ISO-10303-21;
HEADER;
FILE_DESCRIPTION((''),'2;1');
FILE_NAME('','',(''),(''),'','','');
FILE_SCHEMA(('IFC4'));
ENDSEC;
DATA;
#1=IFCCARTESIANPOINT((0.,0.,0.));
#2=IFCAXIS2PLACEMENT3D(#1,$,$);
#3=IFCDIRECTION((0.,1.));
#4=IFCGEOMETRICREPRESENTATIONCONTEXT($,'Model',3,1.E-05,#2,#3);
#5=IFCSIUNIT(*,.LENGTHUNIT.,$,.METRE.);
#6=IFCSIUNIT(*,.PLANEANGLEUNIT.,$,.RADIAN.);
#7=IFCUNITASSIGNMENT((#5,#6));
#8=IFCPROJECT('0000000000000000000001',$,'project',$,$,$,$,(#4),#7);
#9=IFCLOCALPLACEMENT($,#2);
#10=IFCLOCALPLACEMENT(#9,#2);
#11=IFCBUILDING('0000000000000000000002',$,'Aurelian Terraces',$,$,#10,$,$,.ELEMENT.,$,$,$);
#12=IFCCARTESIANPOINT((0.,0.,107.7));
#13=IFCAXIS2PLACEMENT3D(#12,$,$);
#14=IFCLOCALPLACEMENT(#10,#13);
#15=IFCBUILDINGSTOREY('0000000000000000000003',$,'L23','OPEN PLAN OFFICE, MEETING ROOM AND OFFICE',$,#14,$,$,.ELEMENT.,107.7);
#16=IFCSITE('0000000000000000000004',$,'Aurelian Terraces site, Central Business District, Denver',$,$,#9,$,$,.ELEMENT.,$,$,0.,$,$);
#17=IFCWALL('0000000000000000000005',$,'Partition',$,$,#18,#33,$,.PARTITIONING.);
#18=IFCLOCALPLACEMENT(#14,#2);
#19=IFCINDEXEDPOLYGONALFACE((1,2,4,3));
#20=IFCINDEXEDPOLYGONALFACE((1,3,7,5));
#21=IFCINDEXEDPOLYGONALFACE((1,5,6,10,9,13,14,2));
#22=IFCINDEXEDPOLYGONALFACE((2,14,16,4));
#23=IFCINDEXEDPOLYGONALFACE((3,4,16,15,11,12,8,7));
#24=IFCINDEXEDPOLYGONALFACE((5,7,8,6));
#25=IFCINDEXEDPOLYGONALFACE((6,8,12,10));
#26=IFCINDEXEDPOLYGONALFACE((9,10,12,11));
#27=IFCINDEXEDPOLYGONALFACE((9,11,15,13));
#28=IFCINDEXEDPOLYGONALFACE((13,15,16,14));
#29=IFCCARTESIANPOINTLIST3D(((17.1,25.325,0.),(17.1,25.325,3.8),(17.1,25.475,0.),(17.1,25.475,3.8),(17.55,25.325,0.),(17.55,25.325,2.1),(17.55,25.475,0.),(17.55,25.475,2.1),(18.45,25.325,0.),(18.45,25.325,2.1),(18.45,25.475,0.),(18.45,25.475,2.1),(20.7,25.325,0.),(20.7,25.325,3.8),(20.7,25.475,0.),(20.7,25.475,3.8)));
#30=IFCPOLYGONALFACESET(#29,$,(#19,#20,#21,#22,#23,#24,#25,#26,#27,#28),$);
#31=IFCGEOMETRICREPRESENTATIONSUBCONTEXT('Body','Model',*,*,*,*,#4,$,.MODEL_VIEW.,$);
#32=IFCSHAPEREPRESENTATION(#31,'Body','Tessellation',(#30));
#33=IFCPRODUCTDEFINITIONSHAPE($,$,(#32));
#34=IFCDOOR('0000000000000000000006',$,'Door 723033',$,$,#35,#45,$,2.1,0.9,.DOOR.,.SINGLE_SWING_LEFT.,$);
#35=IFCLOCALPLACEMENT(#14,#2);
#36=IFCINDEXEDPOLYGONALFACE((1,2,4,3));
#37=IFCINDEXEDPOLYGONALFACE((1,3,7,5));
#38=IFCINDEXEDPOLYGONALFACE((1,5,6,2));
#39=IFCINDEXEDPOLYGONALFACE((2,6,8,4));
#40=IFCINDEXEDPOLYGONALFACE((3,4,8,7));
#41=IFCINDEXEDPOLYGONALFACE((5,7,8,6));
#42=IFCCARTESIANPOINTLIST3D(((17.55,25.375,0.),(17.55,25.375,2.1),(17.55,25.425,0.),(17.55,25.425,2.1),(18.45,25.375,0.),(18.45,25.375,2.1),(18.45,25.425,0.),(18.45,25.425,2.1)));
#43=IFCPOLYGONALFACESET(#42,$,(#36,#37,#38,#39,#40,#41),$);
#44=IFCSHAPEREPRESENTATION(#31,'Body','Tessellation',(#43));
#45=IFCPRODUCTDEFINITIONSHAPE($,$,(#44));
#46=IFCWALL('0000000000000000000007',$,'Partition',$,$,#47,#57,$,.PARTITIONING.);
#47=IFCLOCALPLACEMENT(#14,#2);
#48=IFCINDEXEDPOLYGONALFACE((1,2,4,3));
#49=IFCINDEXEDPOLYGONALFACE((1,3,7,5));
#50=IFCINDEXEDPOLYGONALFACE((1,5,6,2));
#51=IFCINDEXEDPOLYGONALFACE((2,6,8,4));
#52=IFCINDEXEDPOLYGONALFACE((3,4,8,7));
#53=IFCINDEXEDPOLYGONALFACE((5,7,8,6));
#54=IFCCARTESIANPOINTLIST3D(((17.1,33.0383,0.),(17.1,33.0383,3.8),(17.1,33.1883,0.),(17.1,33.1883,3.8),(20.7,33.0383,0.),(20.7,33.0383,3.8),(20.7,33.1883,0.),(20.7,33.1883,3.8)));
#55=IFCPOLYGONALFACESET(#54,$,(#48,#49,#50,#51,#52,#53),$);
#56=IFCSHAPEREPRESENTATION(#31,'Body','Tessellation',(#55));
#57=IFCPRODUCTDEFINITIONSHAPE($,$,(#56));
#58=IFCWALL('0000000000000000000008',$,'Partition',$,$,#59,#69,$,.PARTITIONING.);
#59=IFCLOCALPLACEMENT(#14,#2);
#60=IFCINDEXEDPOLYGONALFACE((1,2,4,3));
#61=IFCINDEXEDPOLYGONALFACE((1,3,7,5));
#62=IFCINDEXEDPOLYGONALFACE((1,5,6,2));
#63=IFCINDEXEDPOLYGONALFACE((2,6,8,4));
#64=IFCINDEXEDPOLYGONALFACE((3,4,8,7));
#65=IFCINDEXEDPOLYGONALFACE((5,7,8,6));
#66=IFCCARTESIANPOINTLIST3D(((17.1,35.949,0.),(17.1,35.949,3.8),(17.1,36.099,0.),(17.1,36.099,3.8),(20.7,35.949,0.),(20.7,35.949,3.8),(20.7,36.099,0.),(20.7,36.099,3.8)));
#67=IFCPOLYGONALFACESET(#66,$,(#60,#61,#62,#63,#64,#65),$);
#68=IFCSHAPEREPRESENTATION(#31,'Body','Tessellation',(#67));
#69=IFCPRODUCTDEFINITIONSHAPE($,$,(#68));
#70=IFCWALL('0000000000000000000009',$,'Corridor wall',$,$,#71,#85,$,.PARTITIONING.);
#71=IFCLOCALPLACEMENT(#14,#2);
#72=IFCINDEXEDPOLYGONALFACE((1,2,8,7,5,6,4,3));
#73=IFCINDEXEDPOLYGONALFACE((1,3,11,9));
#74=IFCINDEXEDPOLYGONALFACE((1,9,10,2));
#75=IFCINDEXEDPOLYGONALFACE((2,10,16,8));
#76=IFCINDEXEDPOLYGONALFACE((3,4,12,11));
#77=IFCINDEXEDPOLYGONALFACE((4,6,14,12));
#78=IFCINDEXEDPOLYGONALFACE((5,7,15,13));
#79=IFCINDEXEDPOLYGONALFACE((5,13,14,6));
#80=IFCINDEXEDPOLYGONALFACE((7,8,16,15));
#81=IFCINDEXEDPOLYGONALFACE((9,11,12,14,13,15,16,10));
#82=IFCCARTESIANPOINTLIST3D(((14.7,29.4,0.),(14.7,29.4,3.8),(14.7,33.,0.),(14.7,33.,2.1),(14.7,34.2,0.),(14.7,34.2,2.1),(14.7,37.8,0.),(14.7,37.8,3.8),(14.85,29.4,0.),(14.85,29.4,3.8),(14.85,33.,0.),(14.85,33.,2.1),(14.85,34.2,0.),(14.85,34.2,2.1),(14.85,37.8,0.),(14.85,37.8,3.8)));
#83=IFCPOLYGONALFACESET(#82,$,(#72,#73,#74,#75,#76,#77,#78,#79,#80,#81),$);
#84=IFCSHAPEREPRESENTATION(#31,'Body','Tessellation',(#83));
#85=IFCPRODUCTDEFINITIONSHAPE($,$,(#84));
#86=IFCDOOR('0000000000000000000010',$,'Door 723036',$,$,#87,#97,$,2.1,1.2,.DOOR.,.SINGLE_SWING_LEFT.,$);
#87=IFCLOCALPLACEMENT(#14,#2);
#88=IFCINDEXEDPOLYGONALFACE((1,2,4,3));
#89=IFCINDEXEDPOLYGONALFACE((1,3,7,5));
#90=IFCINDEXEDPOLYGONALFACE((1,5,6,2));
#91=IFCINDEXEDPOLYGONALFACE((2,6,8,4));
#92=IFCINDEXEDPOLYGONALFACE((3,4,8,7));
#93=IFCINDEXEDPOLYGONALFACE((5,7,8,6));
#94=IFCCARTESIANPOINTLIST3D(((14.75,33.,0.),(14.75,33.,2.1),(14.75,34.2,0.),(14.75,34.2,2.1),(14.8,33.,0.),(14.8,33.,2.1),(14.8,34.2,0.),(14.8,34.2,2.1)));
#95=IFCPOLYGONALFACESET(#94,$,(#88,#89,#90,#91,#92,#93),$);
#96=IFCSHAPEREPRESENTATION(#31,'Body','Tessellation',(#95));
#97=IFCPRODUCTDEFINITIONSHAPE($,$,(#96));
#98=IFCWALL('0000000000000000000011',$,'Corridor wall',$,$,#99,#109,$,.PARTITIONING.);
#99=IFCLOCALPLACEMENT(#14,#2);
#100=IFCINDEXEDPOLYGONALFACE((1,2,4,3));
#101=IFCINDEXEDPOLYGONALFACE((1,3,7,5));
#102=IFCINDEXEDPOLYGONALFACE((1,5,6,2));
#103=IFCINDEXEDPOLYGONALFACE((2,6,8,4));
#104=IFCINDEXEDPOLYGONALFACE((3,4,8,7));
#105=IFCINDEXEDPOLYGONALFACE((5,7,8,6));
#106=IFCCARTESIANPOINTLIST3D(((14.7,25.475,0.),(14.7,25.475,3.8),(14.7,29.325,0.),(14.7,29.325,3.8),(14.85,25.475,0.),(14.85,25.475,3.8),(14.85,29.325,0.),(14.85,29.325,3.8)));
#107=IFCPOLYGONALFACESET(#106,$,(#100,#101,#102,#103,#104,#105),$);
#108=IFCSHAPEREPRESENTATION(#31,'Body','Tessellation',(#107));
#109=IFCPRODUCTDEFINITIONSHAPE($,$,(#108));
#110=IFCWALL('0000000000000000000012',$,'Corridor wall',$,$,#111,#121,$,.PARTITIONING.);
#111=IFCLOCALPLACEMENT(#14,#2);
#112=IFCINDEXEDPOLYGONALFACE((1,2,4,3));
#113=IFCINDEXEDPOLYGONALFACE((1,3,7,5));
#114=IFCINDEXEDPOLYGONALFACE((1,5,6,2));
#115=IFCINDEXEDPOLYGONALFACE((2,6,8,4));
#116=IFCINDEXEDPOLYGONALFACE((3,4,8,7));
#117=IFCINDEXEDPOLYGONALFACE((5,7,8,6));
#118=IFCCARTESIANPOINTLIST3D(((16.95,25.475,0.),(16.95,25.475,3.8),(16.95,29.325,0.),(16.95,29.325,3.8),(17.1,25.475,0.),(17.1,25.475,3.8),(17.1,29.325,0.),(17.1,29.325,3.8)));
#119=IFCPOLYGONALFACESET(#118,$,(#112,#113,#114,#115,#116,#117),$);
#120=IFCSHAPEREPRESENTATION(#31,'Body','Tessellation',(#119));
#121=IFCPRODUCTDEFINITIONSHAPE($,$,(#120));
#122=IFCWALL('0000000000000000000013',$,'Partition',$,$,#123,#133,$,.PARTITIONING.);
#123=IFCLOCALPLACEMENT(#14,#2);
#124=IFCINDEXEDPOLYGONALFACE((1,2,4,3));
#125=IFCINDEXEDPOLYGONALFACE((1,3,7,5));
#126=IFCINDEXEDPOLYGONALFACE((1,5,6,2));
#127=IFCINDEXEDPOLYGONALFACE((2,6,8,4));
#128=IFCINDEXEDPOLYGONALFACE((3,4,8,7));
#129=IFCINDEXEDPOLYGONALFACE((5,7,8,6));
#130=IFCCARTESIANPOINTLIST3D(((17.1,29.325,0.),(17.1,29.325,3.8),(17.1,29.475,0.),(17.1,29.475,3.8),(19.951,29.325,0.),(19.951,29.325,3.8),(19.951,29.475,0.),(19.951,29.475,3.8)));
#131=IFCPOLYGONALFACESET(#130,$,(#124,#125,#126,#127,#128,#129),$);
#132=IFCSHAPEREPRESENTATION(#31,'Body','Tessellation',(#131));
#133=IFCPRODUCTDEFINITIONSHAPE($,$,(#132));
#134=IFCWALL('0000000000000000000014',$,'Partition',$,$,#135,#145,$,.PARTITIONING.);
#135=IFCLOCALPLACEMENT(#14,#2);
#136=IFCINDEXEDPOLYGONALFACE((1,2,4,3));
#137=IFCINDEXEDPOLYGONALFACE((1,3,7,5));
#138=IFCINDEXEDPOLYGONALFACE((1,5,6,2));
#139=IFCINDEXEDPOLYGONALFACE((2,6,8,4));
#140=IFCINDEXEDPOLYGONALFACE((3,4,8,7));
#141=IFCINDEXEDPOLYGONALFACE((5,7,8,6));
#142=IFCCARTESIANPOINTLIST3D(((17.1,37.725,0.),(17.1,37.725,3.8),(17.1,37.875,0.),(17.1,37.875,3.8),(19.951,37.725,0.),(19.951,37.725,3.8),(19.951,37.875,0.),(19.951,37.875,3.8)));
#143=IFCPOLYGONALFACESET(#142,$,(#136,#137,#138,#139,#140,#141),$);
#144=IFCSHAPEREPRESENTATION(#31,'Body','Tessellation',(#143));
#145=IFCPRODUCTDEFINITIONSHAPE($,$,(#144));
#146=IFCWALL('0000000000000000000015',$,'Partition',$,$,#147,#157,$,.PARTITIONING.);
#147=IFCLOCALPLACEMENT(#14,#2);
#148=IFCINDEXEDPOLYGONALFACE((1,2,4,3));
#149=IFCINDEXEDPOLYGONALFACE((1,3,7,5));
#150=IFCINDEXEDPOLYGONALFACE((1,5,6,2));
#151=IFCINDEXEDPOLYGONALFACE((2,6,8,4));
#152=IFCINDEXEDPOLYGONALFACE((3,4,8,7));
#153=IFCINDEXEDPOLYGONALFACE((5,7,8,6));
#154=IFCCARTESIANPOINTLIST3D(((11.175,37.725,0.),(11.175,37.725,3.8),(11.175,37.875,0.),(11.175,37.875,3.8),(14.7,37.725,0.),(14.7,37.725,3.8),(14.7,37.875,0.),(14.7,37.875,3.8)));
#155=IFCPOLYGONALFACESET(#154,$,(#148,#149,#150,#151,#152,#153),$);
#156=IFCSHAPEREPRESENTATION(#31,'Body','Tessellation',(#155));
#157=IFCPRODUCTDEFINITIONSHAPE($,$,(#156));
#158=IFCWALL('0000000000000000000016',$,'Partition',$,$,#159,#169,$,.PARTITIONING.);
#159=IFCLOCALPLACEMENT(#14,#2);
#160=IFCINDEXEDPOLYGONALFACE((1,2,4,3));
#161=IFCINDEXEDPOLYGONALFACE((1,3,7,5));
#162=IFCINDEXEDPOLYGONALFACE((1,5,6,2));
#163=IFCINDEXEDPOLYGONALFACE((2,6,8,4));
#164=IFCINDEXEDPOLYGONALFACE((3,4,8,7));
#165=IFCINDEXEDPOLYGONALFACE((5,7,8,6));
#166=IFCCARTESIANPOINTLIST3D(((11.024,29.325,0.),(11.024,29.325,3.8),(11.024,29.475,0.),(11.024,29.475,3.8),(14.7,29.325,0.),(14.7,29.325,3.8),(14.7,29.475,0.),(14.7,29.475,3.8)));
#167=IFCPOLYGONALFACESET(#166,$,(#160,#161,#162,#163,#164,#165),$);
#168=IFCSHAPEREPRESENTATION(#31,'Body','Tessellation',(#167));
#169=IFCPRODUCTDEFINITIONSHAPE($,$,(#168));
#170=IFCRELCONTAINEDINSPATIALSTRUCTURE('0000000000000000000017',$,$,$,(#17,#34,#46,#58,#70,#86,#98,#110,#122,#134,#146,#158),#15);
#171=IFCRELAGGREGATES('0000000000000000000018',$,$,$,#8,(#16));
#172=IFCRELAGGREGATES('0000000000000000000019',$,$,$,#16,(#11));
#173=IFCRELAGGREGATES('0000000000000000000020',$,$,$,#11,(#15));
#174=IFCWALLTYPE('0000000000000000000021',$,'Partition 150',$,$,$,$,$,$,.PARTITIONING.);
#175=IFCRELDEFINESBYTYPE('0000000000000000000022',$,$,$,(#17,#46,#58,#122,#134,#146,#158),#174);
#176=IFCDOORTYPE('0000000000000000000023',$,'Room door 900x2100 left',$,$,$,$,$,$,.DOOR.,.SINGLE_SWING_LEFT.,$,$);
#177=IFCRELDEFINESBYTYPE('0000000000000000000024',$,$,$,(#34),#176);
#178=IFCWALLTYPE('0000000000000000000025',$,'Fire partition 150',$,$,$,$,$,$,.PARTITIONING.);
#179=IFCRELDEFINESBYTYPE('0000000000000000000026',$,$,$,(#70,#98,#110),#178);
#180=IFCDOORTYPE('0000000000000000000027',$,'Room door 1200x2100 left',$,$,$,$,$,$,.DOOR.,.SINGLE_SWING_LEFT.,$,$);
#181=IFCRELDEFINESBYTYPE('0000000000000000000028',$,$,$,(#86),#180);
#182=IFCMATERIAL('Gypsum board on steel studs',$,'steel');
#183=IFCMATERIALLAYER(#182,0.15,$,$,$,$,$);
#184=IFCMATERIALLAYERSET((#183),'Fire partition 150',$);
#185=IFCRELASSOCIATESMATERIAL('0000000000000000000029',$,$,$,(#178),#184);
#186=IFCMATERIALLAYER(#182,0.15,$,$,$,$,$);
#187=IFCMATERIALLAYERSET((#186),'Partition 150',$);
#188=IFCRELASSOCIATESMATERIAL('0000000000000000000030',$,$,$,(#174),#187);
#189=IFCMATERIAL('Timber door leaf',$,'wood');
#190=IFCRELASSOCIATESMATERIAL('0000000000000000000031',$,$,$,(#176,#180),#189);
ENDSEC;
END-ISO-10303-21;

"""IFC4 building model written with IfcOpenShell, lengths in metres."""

from ifc_helpers import new_model, si_unit, direction, frame, frame_2d, origin, place, context, subcontext, project, spatial, rectangle, extrude, source, transform, mapped, material, layer, layer_set, type_object, element, fill, save


model = new_model("IFC4")

# Units and contexts
model_context = context("Model", 3, precision=1e-05, world=origin(), true_north=direction((0.0, 1.0)))
body_context = subcontext(model_context, "Body", "Model", "MODEL_VIEW")
ifc_project = project(units=[si_unit("LENGTHUNIT", "METRE"), si_unit("PLANEANGLEUNIT", "RADIAN")], contexts=[model_context])

# Site, building, storey
site_placement = place(None, origin())
site = spatial("IfcSite", under=ifc_project, at=site_placement, Name="Aurelian Terraces site, Central Business District, Denver", CompositionType="ELEMENT", RefElevation=0.0)
building_placement = place(site_placement, origin())
building = spatial("IfcBuilding", under=site, at=building_placement, Name="Aurelian Terraces", CompositionType="ELEMENT")
storey_placement = place(building_placement, frame((0.0, 0.0, 107.7)))
storey = spatial("IfcBuildingStorey", under=building, at=storey_placement, Name="L23", Description="OPEN PLAN OFFICE, MEETING ROOM AND OFFICE", CompositionType="ELEMENT", Elevation=107.7)

# Shared definitions
ifc_material_1 = material(Name="Timber door leaf", Category="wood")

# Wall, opening, door
ifc_material_2 = material(Name="Gypsum board on steel studs", Category="steel")
ifc_layer_1 = layer(ifc_material_2, 0.15)
ifc_layer_set_1 = layer_set([ifc_layer_1], Name="Fire partition 150")
wall_type_1 = type_object("IfcWallType", Name="Fire partition 150", PredefinedType="PARTITIONING", material=ifc_layer_set_1)
shared_shape_1 = source(origin(), body_context, "Body", "SweptSolid", [
    extrude(rectangle(XDim=0.9, YDim=2.1, at=frame_2d((0.45, 1.05))), frame((0.0, 0.085, 0.0), z_axis=(0.0, -1.0, 0.0), x_axis=(1.0, 0.0, 0.0)), (0.0, 0.0, 1.0), 0.17),
])
shared_shape_2 = source(origin(), body_context, "Body", "SweptSolid", [
    extrude(rectangle(XDim=0.9, YDim=2.1, at=frame_2d((0.45, 1.05))), frame((0.0, 0.025, 0.0), z_axis=(0.0, -1.0, 0.0), x_axis=(1.0, 0.0, 0.0)), (0.0, 0.0, 1.0), 0.05),
])
ifc_layer_2 = layer(ifc_material_2, 0.15)
ifc_layer_set_2 = layer_set([ifc_layer_2], Name="Partition 150")
wall_type_2 = type_object("IfcWallType", Name="Partition 150", PredefinedType="PARTITIONING", material=ifc_layer_set_2)
shared_shape_3 = source(origin(), body_context, "Body", "SweptSolid", [
    extrude(rectangle(XDim=3.6, YDim=0.15, at=frame_2d((1.8, 0.0))), origin(), (0.0, 0.0, 1.0), 3.8),
])
wall_1_placement = place(storey_placement, frame((17.1, 25.4, 0.0), z_axis=(0.0, 0.0, 1.0), x_axis=(1.0, 0.0, 0.0)))
wall_1 = element("IfcWall", 1, at=wall_1_placement, inside=storey, type_object=wall_type_2, Name="Partition", PredefinedType="PARTITIONING", context=body_context, shape_type="MappedRepresentation", body=[
    mapped(shared_shape_3, transform((0.0, 0.0, 0.0), scale=1.0)),
])
opening_1_placement = place(wall_1_placement, frame((0.45, 0.0, 0.0)))
opening_1 = element("IfcOpeningElement", 2, at=opening_1_placement, cuts=wall_1, PredefinedType="OPENING", context=body_context, shape_type="MappedRepresentation", body=[
    mapped(shared_shape_1, transform((0.0, 0.0, 0.0), scale=1.0)),
])
door_type_1 = type_object("IfcDoorType", Name="Room door 900x2100 left", OperationType="SINGLE_SWING_LEFT", PredefinedType="DOOR", material=ifc_material_1)
door_1_placement = place(opening_1_placement, origin())
door_1 = element("IfcDoor", 3, at=door_1_placement, inside=storey, type_object=door_type_1, Name="Door 723033", OperationType="SINGLE_SWING_LEFT", OverallHeight=2.1, OverallWidth=0.9, PredefinedType="DOOR", context=body_context, shape_type="MappedRepresentation", body=[
    mapped(shared_shape_2, transform((0.0, 0.0, 0.0), scale=1.0)),
])
fill(opening_1, door_1)

# Walls
for number, where, z_axis, x_axis, name in (
    (4, (17.1, 33.1133, 0.0), (0.0, 0.0, 1.0), (1.0, 0.0, 0.0), "Partition"),
    (5, (17.1, 36.024, 0.0), (0.0, 0.0, 1.0), (1.0, 0.0, 0.0), "Partition"),
):
    element("IfcWall", number, at=place(storey_placement, frame(where, z_axis=z_axis, x_axis=x_axis)), inside=storey, type_object=wall_type_2, Name=name, PredefinedType="PARTITIONING", context=body_context, shape_type="MappedRepresentation", body=[
        mapped(shared_shape_3, transform((0.0, 0.0, 0.0), scale=1.0)),
    ])

# Wall, opening, door
shared_shape_4 = source(origin(), body_context, "Body", "SweptSolid", [
    extrude(rectangle(XDim=8.4, YDim=0.15, at=frame_2d((4.2, 0.0))), origin(), (0.0, 0.0, 1.0), 3.8),
])
wall_2_placement = place(storey_placement, frame((14.775, 29.4, 0.0), z_axis=(0.0, 0.0, 1.0), x_axis=(0.0, 1.0, 0.0)))
wall_2 = element("IfcWall", 6, at=wall_2_placement, inside=storey, type_object=wall_type_1, Name="Corridor wall", PredefinedType="PARTITIONING", context=body_context, shape_type="MappedRepresentation", body=[
    mapped(shared_shape_4, transform((0.0, 0.0, 0.0), scale=1.0)),
])
shared_shape_5 = source(origin(), body_context, "Body", "SweptSolid", [
    extrude(rectangle(XDim=1.2, YDim=2.1, at=frame_2d((0.6, 1.05))), frame((0.0, 0.085, 0.0), z_axis=(0.0, -1.0, 0.0), x_axis=(1.0, 0.0, 0.0)), (0.0, 0.0, 1.0), 0.17),
])
opening_2_placement = place(wall_2_placement, frame((3.6, 0.0, 0.0)))
opening_2 = element("IfcOpeningElement", 7, at=opening_2_placement, cuts=wall_2, PredefinedType="OPENING", context=body_context, shape_type="MappedRepresentation", body=[
    mapped(shared_shape_5, transform((0.0, 0.0, 0.0), scale=1.0)),
])
door_type_2 = type_object("IfcDoorType", Name="Room door 1200x2100 left", OperationType="SINGLE_SWING_LEFT", PredefinedType="DOOR", material=ifc_material_1)
shared_shape_6 = source(origin(), body_context, "Body", "SweptSolid", [
    extrude(rectangle(XDim=1.2, YDim=2.1, at=frame_2d((0.6, 1.05))), frame((0.0, 0.025, 0.0), z_axis=(0.0, -1.0, 0.0), x_axis=(1.0, 0.0, 0.0)), (0.0, 0.0, 1.0), 0.05),
])
door_2_placement = place(opening_2_placement, origin())
door_2 = element("IfcDoor", 8, at=door_2_placement, inside=storey, type_object=door_type_2, Name="Door 723036", OperationType="SINGLE_SWING_LEFT", OverallHeight=2.1, OverallWidth=1.2, PredefinedType="DOOR", context=body_context, shape_type="MappedRepresentation", body=[
    mapped(shared_shape_6, transform((0.0, 0.0, 0.0), scale=1.0)),
])
fill(opening_2, door_2)

# Walls
shared_shape_7 = source(origin(), body_context, "Body", "SweptSolid", [
    extrude(rectangle(XDim=3.85, YDim=0.15, at=frame_2d((1.925, 0.0))), origin(), (0.0, 0.0, 1.0), 3.8),
])
for number, where, z_axis, x_axis, name in (
    (9, (14.775, 25.475, 0.0), (0.0, 0.0, 1.0), (0.0, 1.0, 0.0), "Corridor wall"),
    (10, (17.025, 29.325, 0.0), (0.0, 0.0, 1.0), (0.0, -1.0, 0.0), "Corridor wall"),
):
    element("IfcWall", number, at=place(storey_placement, frame(where, z_axis=z_axis, x_axis=x_axis)), inside=storey, type_object=wall_type_1, Name=name, PredefinedType="PARTITIONING", context=body_context, shape_type="MappedRepresentation", body=[
        mapped(shared_shape_7, transform((0.0, 0.0, 0.0), scale=1.0)),
    ])
shared_shape_8 = source(origin(), body_context, "Body", "SweptSolid", [
    extrude(rectangle(XDim=2.851, YDim=0.15, at=frame_2d((1.4255, 0.0))), origin(), (0.0, 0.0, 1.0), 3.8),
])
for number, where, z_axis, x_axis, name in (
    (11, (19.951, 29.4, 0.0), (0.0, 0.0, 1.0), (-1.0, 0.0, 0.0), "Partition"),
    (12, (19.951, 37.8, 0.0), (0.0, 0.0, 1.0), (-1.0, 0.0, 0.0), "Partition"),
):
    element("IfcWall", number, at=place(storey_placement, frame(where, z_axis=z_axis, x_axis=x_axis)), inside=storey, type_object=wall_type_2, Name=name, PredefinedType="PARTITIONING", context=body_context, shape_type="MappedRepresentation", body=[
        mapped(shared_shape_8, transform((0.0, 0.0, 0.0), scale=1.0)),
    ])
shared_shape_9 = source(origin(), body_context, "Body", "SweptSolid", [
    extrude(rectangle(XDim=3.525, YDim=0.15, at=frame_2d((1.7625, 0.0))), origin(), (0.0, 0.0, 1.0), 3.8),
])
wall_3_placement = place(storey_placement, frame((14.7, 37.8, 0.0), z_axis=(0.0, 0.0, 1.0), x_axis=(-1.0, 0.0, 0.0)))
element("IfcWall", 13, at=wall_3_placement, inside=storey, type_object=wall_type_2, Name="Partition", PredefinedType="PARTITIONING", context=body_context, shape_type="MappedRepresentation", body=[
    mapped(shared_shape_9, transform((0.0, 0.0, 0.0), scale=1.0)),
])
shared_shape_10 = source(origin(), body_context, "Body", "SweptSolid", [
    extrude(rectangle(XDim=3.676, YDim=0.15, at=frame_2d((1.838, 0.0))), origin(), (0.0, 0.0, 1.0), 3.8),
])
wall_4_placement = place(storey_placement, frame((14.7, 29.4, 0.0), z_axis=(0.0, 0.0, 1.0), x_axis=(-1.0, 0.0, 0.0)))
element("IfcWall", 14, at=wall_4_placement, inside=storey, type_object=wall_type_2, Name="Partition", PredefinedType="PARTITIONING", context=body_context, shape_type="MappedRepresentation", body=[
    mapped(shared_shape_10, transform((0.0, 0.0, 0.0), scale=1.0)),
])

save(model, "model.ifc")
